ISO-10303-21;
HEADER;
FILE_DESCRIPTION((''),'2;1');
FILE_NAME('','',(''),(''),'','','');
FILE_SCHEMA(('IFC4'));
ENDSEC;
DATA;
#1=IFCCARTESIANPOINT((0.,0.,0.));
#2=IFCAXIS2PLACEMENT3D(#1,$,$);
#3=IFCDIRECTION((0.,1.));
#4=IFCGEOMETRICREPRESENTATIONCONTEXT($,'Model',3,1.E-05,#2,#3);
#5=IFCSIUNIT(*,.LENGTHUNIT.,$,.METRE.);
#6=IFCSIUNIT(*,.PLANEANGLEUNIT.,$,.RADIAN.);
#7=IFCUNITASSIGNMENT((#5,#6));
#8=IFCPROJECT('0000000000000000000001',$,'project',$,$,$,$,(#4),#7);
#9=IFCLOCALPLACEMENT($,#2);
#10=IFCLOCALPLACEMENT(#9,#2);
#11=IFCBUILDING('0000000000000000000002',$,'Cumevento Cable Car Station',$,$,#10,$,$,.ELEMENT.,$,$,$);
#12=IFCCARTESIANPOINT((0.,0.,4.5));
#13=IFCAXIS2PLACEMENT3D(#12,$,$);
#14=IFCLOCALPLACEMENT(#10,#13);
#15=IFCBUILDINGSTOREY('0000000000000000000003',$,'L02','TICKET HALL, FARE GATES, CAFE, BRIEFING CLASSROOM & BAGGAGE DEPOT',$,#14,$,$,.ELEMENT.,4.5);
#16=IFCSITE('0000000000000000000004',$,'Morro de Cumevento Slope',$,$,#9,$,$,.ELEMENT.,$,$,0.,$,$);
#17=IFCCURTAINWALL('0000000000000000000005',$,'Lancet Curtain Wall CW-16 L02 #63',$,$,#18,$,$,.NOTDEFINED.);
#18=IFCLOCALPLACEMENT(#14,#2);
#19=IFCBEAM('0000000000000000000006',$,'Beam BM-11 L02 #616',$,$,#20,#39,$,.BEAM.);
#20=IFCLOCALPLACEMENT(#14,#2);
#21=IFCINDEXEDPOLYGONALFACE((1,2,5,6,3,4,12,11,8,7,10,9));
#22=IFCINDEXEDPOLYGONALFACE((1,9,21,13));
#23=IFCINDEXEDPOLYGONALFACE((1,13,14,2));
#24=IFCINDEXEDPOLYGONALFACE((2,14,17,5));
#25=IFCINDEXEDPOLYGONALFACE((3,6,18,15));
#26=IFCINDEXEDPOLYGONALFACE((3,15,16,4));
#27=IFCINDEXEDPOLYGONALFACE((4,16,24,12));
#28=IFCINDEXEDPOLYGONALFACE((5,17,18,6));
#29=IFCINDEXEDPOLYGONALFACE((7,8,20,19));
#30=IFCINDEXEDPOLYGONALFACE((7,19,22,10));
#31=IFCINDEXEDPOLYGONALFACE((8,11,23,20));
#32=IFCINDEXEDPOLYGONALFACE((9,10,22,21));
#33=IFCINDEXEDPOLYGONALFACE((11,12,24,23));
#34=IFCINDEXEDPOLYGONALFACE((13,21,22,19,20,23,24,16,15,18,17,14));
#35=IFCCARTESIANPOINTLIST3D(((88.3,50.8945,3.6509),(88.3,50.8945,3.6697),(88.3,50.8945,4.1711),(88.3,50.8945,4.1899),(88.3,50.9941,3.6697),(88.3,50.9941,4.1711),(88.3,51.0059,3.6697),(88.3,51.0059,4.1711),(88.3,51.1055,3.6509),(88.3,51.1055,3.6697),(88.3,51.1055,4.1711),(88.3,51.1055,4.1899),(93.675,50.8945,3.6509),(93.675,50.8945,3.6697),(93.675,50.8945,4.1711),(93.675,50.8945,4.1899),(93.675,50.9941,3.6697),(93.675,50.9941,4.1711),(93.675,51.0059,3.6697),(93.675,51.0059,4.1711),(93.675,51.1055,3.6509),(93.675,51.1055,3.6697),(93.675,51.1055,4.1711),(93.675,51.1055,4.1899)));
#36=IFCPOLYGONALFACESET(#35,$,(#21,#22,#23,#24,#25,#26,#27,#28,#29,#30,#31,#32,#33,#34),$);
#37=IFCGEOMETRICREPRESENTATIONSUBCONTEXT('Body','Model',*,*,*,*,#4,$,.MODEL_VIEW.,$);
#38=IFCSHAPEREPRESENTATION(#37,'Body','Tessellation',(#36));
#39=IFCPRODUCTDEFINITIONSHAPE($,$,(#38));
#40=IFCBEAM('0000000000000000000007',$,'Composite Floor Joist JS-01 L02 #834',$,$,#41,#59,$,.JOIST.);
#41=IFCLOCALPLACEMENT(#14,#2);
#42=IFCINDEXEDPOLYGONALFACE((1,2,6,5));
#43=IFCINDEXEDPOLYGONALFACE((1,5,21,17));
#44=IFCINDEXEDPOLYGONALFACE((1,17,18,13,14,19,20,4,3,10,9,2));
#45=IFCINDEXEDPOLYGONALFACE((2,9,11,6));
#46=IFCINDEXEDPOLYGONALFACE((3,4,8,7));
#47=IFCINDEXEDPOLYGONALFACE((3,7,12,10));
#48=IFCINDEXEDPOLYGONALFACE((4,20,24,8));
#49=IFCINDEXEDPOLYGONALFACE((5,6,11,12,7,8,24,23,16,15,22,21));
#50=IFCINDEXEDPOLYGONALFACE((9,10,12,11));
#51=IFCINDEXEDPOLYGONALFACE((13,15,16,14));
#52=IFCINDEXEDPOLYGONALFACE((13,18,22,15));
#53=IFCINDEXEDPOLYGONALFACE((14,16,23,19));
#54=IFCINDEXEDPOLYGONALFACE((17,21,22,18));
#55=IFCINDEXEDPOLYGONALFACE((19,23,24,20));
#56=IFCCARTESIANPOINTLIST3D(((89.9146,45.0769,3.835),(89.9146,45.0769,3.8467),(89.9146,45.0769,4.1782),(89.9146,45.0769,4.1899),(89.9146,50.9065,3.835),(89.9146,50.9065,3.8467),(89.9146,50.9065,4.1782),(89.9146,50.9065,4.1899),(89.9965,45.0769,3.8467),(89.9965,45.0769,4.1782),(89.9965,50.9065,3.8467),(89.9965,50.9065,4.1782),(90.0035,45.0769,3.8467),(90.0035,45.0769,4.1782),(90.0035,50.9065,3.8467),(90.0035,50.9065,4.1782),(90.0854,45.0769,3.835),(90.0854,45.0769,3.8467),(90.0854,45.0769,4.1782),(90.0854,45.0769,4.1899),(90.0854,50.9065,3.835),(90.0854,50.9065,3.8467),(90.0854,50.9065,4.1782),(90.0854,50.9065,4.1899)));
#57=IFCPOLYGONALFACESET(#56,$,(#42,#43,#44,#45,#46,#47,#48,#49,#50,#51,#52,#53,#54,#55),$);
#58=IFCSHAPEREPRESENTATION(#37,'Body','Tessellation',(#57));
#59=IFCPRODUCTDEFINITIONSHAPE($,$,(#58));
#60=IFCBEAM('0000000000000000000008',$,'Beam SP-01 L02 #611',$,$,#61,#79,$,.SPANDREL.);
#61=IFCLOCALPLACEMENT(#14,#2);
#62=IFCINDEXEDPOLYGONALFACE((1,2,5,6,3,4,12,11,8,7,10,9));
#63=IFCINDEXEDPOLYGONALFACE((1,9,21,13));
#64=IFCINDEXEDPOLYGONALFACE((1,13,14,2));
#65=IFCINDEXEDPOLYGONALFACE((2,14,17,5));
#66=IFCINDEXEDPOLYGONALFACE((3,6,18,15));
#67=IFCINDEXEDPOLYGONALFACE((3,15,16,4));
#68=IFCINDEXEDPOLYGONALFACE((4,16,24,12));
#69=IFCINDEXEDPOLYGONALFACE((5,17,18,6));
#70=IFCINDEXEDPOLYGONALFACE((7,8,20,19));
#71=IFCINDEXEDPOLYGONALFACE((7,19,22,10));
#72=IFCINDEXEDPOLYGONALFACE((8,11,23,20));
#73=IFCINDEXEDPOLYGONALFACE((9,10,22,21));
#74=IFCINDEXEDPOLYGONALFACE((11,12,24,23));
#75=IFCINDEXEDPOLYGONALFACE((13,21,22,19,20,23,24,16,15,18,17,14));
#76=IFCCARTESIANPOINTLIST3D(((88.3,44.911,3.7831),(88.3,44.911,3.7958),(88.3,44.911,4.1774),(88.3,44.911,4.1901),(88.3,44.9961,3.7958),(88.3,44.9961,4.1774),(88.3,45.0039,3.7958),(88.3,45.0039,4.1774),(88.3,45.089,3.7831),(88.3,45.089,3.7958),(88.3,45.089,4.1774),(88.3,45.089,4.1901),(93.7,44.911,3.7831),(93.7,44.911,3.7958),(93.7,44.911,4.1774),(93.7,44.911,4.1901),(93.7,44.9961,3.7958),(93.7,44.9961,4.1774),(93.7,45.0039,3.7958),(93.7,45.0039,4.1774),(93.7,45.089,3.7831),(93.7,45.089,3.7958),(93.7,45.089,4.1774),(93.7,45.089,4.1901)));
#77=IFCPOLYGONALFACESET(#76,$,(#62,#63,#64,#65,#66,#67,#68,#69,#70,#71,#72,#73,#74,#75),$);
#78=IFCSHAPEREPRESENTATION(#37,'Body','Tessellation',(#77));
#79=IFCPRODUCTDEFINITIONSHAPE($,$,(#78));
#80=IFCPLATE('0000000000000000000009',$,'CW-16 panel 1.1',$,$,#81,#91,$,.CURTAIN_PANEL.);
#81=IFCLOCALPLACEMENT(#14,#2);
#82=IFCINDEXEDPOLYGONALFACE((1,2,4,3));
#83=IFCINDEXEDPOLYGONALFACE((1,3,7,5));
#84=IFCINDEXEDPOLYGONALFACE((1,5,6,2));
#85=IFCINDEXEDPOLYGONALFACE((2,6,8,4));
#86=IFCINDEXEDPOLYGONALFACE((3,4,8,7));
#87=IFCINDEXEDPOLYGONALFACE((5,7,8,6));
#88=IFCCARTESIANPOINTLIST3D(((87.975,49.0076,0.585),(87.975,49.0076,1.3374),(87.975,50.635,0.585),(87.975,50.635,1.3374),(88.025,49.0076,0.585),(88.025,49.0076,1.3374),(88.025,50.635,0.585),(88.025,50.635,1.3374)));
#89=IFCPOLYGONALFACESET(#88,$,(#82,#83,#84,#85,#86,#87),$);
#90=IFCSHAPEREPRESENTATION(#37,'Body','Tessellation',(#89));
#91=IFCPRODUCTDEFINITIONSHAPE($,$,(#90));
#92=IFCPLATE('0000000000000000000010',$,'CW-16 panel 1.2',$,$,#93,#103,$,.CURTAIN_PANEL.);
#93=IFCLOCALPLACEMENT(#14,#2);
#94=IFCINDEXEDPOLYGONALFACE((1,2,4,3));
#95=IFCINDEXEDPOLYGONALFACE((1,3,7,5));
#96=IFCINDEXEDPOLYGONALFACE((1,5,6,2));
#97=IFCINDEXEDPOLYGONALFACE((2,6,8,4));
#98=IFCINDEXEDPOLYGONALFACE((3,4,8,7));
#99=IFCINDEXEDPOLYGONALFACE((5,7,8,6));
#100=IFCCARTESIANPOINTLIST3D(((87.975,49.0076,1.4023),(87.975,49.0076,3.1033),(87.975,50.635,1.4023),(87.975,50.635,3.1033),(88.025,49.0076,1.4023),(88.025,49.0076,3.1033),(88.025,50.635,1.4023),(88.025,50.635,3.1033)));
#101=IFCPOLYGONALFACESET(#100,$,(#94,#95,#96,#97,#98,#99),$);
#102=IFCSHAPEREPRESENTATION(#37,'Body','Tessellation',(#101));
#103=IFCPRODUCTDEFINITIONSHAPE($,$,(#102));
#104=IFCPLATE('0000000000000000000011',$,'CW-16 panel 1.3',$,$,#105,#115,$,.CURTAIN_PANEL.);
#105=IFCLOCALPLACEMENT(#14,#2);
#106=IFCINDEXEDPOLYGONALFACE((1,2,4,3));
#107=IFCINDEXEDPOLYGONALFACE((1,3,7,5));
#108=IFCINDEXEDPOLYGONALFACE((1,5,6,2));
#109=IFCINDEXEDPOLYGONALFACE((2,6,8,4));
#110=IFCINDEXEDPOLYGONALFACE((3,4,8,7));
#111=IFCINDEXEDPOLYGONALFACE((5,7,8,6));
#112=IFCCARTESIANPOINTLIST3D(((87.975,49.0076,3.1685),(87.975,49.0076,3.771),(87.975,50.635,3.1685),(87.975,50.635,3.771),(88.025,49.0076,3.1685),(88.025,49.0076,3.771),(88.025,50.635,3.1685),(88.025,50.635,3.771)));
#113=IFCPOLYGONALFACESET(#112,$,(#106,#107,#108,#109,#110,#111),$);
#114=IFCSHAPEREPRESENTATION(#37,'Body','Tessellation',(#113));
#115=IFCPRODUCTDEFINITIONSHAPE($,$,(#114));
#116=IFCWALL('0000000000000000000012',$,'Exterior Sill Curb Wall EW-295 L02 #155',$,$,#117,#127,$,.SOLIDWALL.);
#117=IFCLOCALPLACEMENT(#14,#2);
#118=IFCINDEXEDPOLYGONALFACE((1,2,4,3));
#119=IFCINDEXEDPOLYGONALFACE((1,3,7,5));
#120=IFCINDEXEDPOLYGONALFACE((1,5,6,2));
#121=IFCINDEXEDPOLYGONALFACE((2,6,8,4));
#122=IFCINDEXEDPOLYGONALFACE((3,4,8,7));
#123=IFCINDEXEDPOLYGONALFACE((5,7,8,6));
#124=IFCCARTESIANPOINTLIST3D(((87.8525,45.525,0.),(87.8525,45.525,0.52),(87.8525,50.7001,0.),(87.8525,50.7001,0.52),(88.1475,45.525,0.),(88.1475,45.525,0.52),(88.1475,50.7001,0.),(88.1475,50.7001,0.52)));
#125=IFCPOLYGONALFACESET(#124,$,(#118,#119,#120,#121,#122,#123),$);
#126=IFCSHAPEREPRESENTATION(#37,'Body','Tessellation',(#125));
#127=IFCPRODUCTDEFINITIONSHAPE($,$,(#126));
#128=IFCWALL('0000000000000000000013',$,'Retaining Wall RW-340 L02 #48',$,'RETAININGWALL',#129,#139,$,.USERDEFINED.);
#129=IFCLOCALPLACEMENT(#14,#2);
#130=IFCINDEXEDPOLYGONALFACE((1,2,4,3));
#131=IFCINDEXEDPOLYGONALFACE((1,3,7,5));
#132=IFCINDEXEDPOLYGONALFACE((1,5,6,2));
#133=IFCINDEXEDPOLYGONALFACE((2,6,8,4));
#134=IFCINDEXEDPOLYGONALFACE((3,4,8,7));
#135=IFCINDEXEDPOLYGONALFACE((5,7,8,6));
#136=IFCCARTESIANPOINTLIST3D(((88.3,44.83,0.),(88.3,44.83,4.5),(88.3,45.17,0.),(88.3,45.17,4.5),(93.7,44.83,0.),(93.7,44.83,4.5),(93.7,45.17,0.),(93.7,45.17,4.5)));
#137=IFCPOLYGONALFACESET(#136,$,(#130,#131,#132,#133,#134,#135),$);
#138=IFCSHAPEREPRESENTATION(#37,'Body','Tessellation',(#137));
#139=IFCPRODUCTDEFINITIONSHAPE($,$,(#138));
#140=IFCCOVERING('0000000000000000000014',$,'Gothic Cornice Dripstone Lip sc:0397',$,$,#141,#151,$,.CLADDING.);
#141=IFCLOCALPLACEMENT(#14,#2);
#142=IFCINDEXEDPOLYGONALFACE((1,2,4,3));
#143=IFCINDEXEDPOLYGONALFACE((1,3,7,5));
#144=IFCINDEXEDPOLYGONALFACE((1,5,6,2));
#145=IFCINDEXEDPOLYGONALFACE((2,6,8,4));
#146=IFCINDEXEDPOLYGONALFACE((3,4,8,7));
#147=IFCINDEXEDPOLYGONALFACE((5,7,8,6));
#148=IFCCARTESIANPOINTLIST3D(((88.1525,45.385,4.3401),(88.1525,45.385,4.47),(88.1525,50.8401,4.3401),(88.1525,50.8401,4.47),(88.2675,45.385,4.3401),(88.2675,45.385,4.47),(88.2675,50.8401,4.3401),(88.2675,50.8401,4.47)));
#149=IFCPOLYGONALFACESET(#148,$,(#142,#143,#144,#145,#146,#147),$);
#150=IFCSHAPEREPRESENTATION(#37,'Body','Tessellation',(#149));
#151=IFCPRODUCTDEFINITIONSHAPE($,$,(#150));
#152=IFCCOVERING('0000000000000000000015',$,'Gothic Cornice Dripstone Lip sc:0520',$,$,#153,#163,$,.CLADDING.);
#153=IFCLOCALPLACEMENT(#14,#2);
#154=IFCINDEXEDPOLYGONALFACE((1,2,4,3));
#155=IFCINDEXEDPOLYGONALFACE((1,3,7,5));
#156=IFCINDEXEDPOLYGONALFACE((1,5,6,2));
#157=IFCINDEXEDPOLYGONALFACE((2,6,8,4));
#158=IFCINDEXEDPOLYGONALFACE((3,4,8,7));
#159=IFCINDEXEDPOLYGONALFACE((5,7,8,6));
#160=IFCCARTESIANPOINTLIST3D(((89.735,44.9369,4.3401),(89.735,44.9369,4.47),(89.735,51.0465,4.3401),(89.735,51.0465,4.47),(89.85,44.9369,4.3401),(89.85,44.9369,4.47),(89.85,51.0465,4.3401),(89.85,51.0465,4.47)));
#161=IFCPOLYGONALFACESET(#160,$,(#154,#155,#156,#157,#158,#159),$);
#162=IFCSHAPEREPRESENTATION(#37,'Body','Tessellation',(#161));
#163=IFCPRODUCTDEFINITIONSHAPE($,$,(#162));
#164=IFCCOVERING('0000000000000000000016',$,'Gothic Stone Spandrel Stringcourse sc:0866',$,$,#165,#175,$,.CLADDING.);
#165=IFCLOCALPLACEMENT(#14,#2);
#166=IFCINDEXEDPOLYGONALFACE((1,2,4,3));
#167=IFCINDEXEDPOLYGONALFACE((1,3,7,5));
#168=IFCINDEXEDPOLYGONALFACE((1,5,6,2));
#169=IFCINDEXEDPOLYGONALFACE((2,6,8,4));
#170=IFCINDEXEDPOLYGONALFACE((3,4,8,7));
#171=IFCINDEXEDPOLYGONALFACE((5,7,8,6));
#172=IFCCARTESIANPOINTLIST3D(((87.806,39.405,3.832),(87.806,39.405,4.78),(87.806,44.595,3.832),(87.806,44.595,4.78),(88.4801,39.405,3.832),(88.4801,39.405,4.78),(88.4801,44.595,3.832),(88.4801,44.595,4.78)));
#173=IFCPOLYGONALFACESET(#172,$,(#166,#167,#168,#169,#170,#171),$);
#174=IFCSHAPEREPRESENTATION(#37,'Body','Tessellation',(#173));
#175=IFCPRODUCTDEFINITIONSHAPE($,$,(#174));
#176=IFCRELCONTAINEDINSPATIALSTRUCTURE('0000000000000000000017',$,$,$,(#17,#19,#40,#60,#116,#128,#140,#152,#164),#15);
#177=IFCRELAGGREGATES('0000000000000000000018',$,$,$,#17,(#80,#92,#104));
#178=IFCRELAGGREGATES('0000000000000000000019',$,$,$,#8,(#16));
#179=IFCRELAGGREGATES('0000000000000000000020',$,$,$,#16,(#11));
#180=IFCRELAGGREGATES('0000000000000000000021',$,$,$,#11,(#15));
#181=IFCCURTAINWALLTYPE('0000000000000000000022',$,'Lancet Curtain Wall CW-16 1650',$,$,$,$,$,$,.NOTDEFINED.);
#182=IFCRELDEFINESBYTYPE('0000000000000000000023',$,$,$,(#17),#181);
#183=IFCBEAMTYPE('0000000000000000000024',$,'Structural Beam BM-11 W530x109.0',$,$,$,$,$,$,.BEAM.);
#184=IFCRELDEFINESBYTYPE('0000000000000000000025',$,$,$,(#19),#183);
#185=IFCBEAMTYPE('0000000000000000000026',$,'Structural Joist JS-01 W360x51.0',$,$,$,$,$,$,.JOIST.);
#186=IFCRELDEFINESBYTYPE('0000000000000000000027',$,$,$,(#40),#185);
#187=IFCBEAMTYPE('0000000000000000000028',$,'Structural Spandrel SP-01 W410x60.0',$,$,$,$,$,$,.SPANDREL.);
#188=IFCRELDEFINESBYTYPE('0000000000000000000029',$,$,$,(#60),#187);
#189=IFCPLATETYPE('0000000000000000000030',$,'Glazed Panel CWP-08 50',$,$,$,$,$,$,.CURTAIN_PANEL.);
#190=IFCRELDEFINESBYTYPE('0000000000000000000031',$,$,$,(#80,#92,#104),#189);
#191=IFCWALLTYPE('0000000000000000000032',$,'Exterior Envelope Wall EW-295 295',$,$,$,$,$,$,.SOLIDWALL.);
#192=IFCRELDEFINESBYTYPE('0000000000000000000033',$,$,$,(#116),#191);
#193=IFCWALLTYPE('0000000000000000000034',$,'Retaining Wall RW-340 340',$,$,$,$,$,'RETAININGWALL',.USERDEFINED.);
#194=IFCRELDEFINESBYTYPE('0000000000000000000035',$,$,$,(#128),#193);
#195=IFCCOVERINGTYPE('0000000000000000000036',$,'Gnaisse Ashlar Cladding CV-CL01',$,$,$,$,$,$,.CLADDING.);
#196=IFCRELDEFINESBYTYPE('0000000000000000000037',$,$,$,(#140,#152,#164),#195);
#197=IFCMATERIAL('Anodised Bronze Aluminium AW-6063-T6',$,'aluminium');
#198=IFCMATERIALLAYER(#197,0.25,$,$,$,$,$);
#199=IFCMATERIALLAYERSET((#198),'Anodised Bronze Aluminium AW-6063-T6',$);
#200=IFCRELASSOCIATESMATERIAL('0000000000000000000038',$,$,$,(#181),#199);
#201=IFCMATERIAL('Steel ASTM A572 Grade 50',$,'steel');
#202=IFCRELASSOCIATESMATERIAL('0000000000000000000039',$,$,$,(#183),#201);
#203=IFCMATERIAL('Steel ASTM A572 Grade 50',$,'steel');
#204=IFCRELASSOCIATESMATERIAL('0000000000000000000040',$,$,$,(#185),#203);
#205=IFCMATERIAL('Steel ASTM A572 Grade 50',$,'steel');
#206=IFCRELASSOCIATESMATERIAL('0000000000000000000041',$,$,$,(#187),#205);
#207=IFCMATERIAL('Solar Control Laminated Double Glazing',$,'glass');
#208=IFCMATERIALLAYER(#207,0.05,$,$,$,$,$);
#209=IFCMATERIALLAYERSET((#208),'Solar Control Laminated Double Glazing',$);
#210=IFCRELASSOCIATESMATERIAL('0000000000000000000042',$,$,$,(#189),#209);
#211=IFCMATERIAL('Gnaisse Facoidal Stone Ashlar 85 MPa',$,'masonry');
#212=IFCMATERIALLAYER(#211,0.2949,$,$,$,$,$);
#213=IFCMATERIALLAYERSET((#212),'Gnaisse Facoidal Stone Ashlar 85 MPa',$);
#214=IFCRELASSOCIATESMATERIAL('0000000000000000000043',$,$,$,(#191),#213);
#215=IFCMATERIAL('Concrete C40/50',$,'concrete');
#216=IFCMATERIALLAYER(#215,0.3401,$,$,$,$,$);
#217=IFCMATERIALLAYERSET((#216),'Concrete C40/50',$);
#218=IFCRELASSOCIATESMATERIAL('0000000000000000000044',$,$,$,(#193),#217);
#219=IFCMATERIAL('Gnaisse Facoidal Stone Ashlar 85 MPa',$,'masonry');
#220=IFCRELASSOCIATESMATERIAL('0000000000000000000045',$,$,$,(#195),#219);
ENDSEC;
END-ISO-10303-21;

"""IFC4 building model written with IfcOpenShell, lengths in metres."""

from ifc_helpers import new_model, si_unit, direction, frame, frame_2d, origin, origin_2d, place, context, subcontext, project, spatial, rectangle, i_section, extrude, material, layer, layer_set, material_profile, profile_set, type_object, element, aggregate, save


model = new_model("IFC4")

# Units and contexts
model_context = context("Model", 3, precision=1e-05, world=origin(), true_north=direction((0.0, 1.0)))
body_context = subcontext(model_context, "Body", "Model", "MODEL_VIEW")
ifc_project = project(units=[si_unit("LENGTHUNIT", "METRE"), si_unit("PLANEANGLEUNIT", "RADIAN")], contexts=[model_context])

# Site, building, storey
site_placement = place(None, origin())
site = spatial("IfcSite", under=ifc_project, at=site_placement, Name="Morro de Cumevento Slope", CompositionType="ELEMENT", RefElevation=0.0)
building_placement = place(site_placement, origin())
building = spatial("IfcBuilding", under=site, at=building_placement, Name="Cumevento Cable Car Station", CompositionType="ELEMENT")
storey_placement = place(building_placement, frame((0.0, 0.0, 4.5)))
storey = spatial("IfcBuildingStorey", under=building, at=storey_placement, Name="L02", Description="TICKET HALL, FARE GATES, CAFE, BRIEFING CLASSROOM & BAGGAGE DEPOT", CompositionType="ELEMENT", Elevation=4.5)

# Curtain wall
ifc_material_1 = material(Name="Anodised Bronze Aluminium AW-6063-T6", Category="aluminium")
ifc_layer_1 = layer(ifc_material_1, 0.25)
ifc_layer_set_1 = layer_set([ifc_layer_1], Name="Anodised Bronze Aluminium AW-6063-T6")
curtain_wall_type = type_object("IfcCurtainWallType", Name="Lancet Curtain Wall CW-16 1650", PredefinedType="NOTDEFINED", material=ifc_layer_set_1)
curtain_wall_placement = place(storey_placement, origin())
curtain_wall = element("IfcCurtainWall", 1, at=curtain_wall_placement, inside=storey, type_object=curtain_wall_type, Name="Lancet Curtain Wall CW-16 L02 #63", PredefinedType="NOTDEFINED")

# Beams
ifc_material_2 = material(Name="Steel ASTM A572 Grade 50", Category="steel")
ifc_material_profile_1 = material_profile(ifc_material_2, i_section(OverallWidth=0.2109, OverallDepth=0.5391, WebThickness=0.0117, FlangeThickness=0.0188, at=origin_2d()), Name="W530x109.0")
ifc_profile_set_1 = profile_set([ifc_material_profile_1], Name="Steel ASTM A572 Grade 50")
beam_type_1 = type_object("IfcBeamType", Name="Structural Beam BM-11 W530x109.0", PredefinedType="BEAM", material=ifc_profile_set_1)
beam_1_placement = place(storey_placement, frame((88.3, 51.0, 3.9204), z_axis=(1.0, 0.0, 0.0), x_axis=(0.0, 1.0, 0.0)))
element("IfcBeam", 2, at=beam_1_placement, inside=storey, type_object=beam_type_1, Name="Beam BM-11 L02 #616", PredefinedType="BEAM", context=body_context, shape_type="SweptSolid", body=[
    extrude(i_section(OverallWidth=0.2109, OverallDepth=0.5391, WebThickness=0.0117, FlangeThickness=0.0188, at=origin_2d()), origin(), (0.0, 0.0, 1.0), 5.375),
])
ifc_material_3 = material(Name="Steel ASTM A572 Grade 50", Category="steel")
ifc_material_profile_2 = material_profile(ifc_material_3, i_section(OverallWidth=0.1709, OverallDepth=0.355, WebThickness=0.0071, FlangeThickness=0.0117, at=origin_2d()), Name="W360x51.0")
ifc_profile_set_2 = profile_set([ifc_material_profile_2], Name="Steel ASTM A572 Grade 50")
beam_type_2 = type_object("IfcBeamType", Name="Structural Joist JS-01 W360x51.0", PredefinedType="JOIST", material=ifc_profile_set_2)
beam_2_placement = place(storey_placement, frame((90.0, 45.0769, 4.0125), z_axis=(0.0, 1.0, 0.0), x_axis=(-1.0, 0.0, 0.0)))
element("IfcBeam", 3, at=beam_2_placement, inside=storey, type_object=beam_type_2, Name="Composite Floor Joist JS-01 L02 #834", PredefinedType="JOIST", context=body_context, shape_type="SweptSolid", body=[
    extrude(i_section(OverallWidth=0.1709, OverallDepth=0.355, WebThickness=0.0071, FlangeThickness=0.0117, at=origin_2d()), origin(), (0.0, 0.0, 1.0), 5.8296),
])
ifc_material_4 = material(Name="Steel ASTM A572 Grade 50", Category="steel")
ifc_material_profile_3 = material_profile(ifc_material_4, i_section(OverallWidth=0.178, OverallDepth=0.407, WebThickness=0.0078, FlangeThickness=0.0127, at=origin_2d()), Name="W410x60.0")
ifc_profile_set_3 = profile_set([ifc_material_profile_3], Name="Steel ASTM A572 Grade 50")
beam_type_3 = type_object("IfcBeamType", Name="Structural Spandrel SP-01 W410x60.0", PredefinedType="SPANDREL", material=ifc_profile_set_3)
beam_3_placement = place(storey_placement, frame((88.3, 45.0, 3.9866), z_axis=(1.0, 0.0, 0.0), x_axis=(0.0, 1.0, 0.0)))
element("IfcBeam", 4, at=beam_3_placement, inside=storey, type_object=beam_type_3, Name="Beam SP-01 L02 #611", PredefinedType="SPANDREL", context=body_context, shape_type="SweptSolid", body=[
    extrude(i_section(OverallWidth=0.178, OverallDepth=0.407, WebThickness=0.0078, FlangeThickness=0.0127, at=origin_2d()), origin(), (0.0, 0.0, 1.0), 5.3999),
])

# Plates
ifc_material_5 = material(Name="Solar Control Laminated Double Glazing", Category="glass")
ifc_layer_2 = layer(ifc_material_5, 0.05)
ifc_layer_set_2 = layer_set([ifc_layer_2], Name="Solar Control Laminated Double Glazing")
plate_type = type_object("IfcPlateType", Name="Glazed Panel CWP-08 50", PredefinedType="CURTAIN_PANEL", material=ifc_layer_set_2)
plate_1_placement = place(storey_placement, frame((88.0, 49.8213, 0.585), z_axis=(0.0, 0.0, 1.0), x_axis=(0.0, -1.0, 0.0)))
plate_1 = element("IfcPlate", 5, at=plate_1_placement, type_object=plate_type, Name="CW-16 panel 1.1", PredefinedType="CURTAIN_PANEL", context=body_context, shape_type="SweptSolid", body=[
    extrude(rectangle(XDim=1.6274, YDim=0.05, at=origin_2d()), origin(), (0.0, 0.0, 1.0), 0.7524),
])
plate_2_placement = place(storey_placement, frame((88.0, 49.8213, 1.4023), z_axis=(0.0, 0.0, 1.0), x_axis=(0.0, -1.0, 0.0)))
plate_2 = element("IfcPlate", 6, at=plate_2_placement, type_object=plate_type, Name="CW-16 panel 1.2", PredefinedType="CURTAIN_PANEL", context=body_context, shape_type="SweptSolid", body=[
    extrude(rectangle(XDim=1.6274, YDim=0.05, at=origin_2d()), origin(), (0.0, 0.0, 1.0), 1.7009),
])
plate_3_placement = place(storey_placement, frame((88.0, 49.8213, 3.1685), z_axis=(0.0, 0.0, 1.0), x_axis=(0.0, -1.0, 0.0)))
plate_3 = element("IfcPlate", 7, at=plate_3_placement, type_object=plate_type, Name="CW-16 panel 1.3", PredefinedType="CURTAIN_PANEL", context=body_context, shape_type="SweptSolid", body=[
    extrude(rectangle(XDim=1.6274, YDim=0.05, at=origin_2d()), origin(), (0.0, 0.0, 1.0), 0.6025),
])
aggregate(curtain_wall, [plate_1, plate_2, plate_3])

# Walls
ifc_material_6 = material(Name="Gnaisse Facoidal Stone Ashlar 85 MPa", Category="masonry")
ifc_layer_3 = layer(ifc_material_6, 0.2949)
ifc_layer_set_3 = layer_set([ifc_layer_3], Name="Gnaisse Facoidal Stone Ashlar 85 MPa")
wall_type_1 = type_object("IfcWallType", Name="Exterior Envelope Wall EW-295 295", PredefinedType="SOLIDWALL", material=ifc_layer_set_3)
wall_1_placement = place(storey_placement, frame((88.0, 50.7, 0.0), z_axis=(0.0, 0.0, 1.0), x_axis=(0.0, -1.0, 0.0)))
element("IfcWall", 8, at=wall_1_placement, inside=storey, type_object=wall_type_1, Name="Exterior Sill Curb Wall EW-295 L02 #155", PredefinedType="SOLIDWALL", context=body_context, shape_type="SweptSolid", body=[
    extrude(rectangle(XDim=5.175, YDim=0.2949, at=frame_2d((2.5874, 0.0))), origin(), (0.0, 0.0, 1.0), 0.52),
])
ifc_material_7 = material(Name="Concrete C40/50", Category="concrete")
ifc_layer_4 = layer(ifc_material_7, 0.3401)
ifc_layer_set_4 = layer_set([ifc_layer_4], Name="Concrete C40/50")
wall_type_2 = type_object("IfcWallType", Name="Retaining Wall RW-340 340", ElementType="RETAININGWALL", PredefinedType="USERDEFINED", material=ifc_layer_set_4)
wall_2_placement = place(storey_placement, frame((88.3, 45.0, 0.0), z_axis=(0.0, 0.0, 1.0), x_axis=(1.0, 0.0, 0.0)))
element("IfcWall", 9, at=wall_2_placement, inside=storey, type_object=wall_type_2, Name="Retaining Wall RW-340 L02 #48", ObjectType="RETAININGWALL", PredefinedType="USERDEFINED", context=body_context, shape_type="SweptSolid", body=[
    extrude(rectangle(XDim=5.3999, YDim=0.3401, at=frame_2d((2.7, 0.0))), origin(), (0.0, 0.0, 1.0), 4.5),
])

# Coverings
ifc_material_8 = material(Name="Gnaisse Facoidal Stone Ashlar 85 MPa", Category="masonry")
covering_type = type_object("IfcCoveringType", Name="Gnaisse Ashlar Cladding CV-CL01", PredefinedType="CLADDING", material=ifc_material_8)
covering_1_placement = place(storey_placement, frame((88.21, 48.1125, 4.3401), z_axis=(0.0, 0.0, 1.0), x_axis=(0.0, -1.0, 0.0)))
element("IfcCovering", 10, at=covering_1_placement, inside=storey, type_object=covering_type, Name="Gothic Cornice Dripstone Lip sc:0397", PredefinedType="CLADDING", context=body_context, shape_type="SweptSolid", body=[
    extrude(rectangle(XDim=5.4551, YDim=0.115, at=origin_2d()), origin(), (0.0, 0.0, 1.0), 0.1299),
])
covering_2_placement = place(storey_placement, frame((89.7925, 47.9917, 4.3401), z_axis=(0.0, 0.0, 1.0), x_axis=(0.0, 1.0, 0.0)))
element("IfcCovering", 11, at=covering_2_placement, inside=storey, type_object=covering_type, Name="Gothic Cornice Dripstone Lip sc:0520", PredefinedType="CLADDING", context=body_context, shape_type="SweptSolid", body=[
    extrude(rectangle(XDim=6.1096, YDim=0.115, at=origin_2d()), origin(), (0.0, 0.0, 1.0), 0.1299),
])
covering_3_placement = place(storey_placement, frame((88.1431, 42.0, 3.832), z_axis=(0.0, 0.0, 1.0), x_axis=(0.0, 1.0, 0.0)))
element("IfcCovering", 12, at=covering_3_placement, inside=storey, type_object=covering_type, Name="Gothic Stone Spandrel Stringcourse sc:0866", PredefinedType="CLADDING", context=body_context, shape_type="SweptSolid", body=[
    extrude(rectangle(XDim=5.1899, YDim=0.6741, at=origin_2d()), origin(), (0.0, 0.0, 1.0), 0.948),
])

save(model, "model.ifc")
